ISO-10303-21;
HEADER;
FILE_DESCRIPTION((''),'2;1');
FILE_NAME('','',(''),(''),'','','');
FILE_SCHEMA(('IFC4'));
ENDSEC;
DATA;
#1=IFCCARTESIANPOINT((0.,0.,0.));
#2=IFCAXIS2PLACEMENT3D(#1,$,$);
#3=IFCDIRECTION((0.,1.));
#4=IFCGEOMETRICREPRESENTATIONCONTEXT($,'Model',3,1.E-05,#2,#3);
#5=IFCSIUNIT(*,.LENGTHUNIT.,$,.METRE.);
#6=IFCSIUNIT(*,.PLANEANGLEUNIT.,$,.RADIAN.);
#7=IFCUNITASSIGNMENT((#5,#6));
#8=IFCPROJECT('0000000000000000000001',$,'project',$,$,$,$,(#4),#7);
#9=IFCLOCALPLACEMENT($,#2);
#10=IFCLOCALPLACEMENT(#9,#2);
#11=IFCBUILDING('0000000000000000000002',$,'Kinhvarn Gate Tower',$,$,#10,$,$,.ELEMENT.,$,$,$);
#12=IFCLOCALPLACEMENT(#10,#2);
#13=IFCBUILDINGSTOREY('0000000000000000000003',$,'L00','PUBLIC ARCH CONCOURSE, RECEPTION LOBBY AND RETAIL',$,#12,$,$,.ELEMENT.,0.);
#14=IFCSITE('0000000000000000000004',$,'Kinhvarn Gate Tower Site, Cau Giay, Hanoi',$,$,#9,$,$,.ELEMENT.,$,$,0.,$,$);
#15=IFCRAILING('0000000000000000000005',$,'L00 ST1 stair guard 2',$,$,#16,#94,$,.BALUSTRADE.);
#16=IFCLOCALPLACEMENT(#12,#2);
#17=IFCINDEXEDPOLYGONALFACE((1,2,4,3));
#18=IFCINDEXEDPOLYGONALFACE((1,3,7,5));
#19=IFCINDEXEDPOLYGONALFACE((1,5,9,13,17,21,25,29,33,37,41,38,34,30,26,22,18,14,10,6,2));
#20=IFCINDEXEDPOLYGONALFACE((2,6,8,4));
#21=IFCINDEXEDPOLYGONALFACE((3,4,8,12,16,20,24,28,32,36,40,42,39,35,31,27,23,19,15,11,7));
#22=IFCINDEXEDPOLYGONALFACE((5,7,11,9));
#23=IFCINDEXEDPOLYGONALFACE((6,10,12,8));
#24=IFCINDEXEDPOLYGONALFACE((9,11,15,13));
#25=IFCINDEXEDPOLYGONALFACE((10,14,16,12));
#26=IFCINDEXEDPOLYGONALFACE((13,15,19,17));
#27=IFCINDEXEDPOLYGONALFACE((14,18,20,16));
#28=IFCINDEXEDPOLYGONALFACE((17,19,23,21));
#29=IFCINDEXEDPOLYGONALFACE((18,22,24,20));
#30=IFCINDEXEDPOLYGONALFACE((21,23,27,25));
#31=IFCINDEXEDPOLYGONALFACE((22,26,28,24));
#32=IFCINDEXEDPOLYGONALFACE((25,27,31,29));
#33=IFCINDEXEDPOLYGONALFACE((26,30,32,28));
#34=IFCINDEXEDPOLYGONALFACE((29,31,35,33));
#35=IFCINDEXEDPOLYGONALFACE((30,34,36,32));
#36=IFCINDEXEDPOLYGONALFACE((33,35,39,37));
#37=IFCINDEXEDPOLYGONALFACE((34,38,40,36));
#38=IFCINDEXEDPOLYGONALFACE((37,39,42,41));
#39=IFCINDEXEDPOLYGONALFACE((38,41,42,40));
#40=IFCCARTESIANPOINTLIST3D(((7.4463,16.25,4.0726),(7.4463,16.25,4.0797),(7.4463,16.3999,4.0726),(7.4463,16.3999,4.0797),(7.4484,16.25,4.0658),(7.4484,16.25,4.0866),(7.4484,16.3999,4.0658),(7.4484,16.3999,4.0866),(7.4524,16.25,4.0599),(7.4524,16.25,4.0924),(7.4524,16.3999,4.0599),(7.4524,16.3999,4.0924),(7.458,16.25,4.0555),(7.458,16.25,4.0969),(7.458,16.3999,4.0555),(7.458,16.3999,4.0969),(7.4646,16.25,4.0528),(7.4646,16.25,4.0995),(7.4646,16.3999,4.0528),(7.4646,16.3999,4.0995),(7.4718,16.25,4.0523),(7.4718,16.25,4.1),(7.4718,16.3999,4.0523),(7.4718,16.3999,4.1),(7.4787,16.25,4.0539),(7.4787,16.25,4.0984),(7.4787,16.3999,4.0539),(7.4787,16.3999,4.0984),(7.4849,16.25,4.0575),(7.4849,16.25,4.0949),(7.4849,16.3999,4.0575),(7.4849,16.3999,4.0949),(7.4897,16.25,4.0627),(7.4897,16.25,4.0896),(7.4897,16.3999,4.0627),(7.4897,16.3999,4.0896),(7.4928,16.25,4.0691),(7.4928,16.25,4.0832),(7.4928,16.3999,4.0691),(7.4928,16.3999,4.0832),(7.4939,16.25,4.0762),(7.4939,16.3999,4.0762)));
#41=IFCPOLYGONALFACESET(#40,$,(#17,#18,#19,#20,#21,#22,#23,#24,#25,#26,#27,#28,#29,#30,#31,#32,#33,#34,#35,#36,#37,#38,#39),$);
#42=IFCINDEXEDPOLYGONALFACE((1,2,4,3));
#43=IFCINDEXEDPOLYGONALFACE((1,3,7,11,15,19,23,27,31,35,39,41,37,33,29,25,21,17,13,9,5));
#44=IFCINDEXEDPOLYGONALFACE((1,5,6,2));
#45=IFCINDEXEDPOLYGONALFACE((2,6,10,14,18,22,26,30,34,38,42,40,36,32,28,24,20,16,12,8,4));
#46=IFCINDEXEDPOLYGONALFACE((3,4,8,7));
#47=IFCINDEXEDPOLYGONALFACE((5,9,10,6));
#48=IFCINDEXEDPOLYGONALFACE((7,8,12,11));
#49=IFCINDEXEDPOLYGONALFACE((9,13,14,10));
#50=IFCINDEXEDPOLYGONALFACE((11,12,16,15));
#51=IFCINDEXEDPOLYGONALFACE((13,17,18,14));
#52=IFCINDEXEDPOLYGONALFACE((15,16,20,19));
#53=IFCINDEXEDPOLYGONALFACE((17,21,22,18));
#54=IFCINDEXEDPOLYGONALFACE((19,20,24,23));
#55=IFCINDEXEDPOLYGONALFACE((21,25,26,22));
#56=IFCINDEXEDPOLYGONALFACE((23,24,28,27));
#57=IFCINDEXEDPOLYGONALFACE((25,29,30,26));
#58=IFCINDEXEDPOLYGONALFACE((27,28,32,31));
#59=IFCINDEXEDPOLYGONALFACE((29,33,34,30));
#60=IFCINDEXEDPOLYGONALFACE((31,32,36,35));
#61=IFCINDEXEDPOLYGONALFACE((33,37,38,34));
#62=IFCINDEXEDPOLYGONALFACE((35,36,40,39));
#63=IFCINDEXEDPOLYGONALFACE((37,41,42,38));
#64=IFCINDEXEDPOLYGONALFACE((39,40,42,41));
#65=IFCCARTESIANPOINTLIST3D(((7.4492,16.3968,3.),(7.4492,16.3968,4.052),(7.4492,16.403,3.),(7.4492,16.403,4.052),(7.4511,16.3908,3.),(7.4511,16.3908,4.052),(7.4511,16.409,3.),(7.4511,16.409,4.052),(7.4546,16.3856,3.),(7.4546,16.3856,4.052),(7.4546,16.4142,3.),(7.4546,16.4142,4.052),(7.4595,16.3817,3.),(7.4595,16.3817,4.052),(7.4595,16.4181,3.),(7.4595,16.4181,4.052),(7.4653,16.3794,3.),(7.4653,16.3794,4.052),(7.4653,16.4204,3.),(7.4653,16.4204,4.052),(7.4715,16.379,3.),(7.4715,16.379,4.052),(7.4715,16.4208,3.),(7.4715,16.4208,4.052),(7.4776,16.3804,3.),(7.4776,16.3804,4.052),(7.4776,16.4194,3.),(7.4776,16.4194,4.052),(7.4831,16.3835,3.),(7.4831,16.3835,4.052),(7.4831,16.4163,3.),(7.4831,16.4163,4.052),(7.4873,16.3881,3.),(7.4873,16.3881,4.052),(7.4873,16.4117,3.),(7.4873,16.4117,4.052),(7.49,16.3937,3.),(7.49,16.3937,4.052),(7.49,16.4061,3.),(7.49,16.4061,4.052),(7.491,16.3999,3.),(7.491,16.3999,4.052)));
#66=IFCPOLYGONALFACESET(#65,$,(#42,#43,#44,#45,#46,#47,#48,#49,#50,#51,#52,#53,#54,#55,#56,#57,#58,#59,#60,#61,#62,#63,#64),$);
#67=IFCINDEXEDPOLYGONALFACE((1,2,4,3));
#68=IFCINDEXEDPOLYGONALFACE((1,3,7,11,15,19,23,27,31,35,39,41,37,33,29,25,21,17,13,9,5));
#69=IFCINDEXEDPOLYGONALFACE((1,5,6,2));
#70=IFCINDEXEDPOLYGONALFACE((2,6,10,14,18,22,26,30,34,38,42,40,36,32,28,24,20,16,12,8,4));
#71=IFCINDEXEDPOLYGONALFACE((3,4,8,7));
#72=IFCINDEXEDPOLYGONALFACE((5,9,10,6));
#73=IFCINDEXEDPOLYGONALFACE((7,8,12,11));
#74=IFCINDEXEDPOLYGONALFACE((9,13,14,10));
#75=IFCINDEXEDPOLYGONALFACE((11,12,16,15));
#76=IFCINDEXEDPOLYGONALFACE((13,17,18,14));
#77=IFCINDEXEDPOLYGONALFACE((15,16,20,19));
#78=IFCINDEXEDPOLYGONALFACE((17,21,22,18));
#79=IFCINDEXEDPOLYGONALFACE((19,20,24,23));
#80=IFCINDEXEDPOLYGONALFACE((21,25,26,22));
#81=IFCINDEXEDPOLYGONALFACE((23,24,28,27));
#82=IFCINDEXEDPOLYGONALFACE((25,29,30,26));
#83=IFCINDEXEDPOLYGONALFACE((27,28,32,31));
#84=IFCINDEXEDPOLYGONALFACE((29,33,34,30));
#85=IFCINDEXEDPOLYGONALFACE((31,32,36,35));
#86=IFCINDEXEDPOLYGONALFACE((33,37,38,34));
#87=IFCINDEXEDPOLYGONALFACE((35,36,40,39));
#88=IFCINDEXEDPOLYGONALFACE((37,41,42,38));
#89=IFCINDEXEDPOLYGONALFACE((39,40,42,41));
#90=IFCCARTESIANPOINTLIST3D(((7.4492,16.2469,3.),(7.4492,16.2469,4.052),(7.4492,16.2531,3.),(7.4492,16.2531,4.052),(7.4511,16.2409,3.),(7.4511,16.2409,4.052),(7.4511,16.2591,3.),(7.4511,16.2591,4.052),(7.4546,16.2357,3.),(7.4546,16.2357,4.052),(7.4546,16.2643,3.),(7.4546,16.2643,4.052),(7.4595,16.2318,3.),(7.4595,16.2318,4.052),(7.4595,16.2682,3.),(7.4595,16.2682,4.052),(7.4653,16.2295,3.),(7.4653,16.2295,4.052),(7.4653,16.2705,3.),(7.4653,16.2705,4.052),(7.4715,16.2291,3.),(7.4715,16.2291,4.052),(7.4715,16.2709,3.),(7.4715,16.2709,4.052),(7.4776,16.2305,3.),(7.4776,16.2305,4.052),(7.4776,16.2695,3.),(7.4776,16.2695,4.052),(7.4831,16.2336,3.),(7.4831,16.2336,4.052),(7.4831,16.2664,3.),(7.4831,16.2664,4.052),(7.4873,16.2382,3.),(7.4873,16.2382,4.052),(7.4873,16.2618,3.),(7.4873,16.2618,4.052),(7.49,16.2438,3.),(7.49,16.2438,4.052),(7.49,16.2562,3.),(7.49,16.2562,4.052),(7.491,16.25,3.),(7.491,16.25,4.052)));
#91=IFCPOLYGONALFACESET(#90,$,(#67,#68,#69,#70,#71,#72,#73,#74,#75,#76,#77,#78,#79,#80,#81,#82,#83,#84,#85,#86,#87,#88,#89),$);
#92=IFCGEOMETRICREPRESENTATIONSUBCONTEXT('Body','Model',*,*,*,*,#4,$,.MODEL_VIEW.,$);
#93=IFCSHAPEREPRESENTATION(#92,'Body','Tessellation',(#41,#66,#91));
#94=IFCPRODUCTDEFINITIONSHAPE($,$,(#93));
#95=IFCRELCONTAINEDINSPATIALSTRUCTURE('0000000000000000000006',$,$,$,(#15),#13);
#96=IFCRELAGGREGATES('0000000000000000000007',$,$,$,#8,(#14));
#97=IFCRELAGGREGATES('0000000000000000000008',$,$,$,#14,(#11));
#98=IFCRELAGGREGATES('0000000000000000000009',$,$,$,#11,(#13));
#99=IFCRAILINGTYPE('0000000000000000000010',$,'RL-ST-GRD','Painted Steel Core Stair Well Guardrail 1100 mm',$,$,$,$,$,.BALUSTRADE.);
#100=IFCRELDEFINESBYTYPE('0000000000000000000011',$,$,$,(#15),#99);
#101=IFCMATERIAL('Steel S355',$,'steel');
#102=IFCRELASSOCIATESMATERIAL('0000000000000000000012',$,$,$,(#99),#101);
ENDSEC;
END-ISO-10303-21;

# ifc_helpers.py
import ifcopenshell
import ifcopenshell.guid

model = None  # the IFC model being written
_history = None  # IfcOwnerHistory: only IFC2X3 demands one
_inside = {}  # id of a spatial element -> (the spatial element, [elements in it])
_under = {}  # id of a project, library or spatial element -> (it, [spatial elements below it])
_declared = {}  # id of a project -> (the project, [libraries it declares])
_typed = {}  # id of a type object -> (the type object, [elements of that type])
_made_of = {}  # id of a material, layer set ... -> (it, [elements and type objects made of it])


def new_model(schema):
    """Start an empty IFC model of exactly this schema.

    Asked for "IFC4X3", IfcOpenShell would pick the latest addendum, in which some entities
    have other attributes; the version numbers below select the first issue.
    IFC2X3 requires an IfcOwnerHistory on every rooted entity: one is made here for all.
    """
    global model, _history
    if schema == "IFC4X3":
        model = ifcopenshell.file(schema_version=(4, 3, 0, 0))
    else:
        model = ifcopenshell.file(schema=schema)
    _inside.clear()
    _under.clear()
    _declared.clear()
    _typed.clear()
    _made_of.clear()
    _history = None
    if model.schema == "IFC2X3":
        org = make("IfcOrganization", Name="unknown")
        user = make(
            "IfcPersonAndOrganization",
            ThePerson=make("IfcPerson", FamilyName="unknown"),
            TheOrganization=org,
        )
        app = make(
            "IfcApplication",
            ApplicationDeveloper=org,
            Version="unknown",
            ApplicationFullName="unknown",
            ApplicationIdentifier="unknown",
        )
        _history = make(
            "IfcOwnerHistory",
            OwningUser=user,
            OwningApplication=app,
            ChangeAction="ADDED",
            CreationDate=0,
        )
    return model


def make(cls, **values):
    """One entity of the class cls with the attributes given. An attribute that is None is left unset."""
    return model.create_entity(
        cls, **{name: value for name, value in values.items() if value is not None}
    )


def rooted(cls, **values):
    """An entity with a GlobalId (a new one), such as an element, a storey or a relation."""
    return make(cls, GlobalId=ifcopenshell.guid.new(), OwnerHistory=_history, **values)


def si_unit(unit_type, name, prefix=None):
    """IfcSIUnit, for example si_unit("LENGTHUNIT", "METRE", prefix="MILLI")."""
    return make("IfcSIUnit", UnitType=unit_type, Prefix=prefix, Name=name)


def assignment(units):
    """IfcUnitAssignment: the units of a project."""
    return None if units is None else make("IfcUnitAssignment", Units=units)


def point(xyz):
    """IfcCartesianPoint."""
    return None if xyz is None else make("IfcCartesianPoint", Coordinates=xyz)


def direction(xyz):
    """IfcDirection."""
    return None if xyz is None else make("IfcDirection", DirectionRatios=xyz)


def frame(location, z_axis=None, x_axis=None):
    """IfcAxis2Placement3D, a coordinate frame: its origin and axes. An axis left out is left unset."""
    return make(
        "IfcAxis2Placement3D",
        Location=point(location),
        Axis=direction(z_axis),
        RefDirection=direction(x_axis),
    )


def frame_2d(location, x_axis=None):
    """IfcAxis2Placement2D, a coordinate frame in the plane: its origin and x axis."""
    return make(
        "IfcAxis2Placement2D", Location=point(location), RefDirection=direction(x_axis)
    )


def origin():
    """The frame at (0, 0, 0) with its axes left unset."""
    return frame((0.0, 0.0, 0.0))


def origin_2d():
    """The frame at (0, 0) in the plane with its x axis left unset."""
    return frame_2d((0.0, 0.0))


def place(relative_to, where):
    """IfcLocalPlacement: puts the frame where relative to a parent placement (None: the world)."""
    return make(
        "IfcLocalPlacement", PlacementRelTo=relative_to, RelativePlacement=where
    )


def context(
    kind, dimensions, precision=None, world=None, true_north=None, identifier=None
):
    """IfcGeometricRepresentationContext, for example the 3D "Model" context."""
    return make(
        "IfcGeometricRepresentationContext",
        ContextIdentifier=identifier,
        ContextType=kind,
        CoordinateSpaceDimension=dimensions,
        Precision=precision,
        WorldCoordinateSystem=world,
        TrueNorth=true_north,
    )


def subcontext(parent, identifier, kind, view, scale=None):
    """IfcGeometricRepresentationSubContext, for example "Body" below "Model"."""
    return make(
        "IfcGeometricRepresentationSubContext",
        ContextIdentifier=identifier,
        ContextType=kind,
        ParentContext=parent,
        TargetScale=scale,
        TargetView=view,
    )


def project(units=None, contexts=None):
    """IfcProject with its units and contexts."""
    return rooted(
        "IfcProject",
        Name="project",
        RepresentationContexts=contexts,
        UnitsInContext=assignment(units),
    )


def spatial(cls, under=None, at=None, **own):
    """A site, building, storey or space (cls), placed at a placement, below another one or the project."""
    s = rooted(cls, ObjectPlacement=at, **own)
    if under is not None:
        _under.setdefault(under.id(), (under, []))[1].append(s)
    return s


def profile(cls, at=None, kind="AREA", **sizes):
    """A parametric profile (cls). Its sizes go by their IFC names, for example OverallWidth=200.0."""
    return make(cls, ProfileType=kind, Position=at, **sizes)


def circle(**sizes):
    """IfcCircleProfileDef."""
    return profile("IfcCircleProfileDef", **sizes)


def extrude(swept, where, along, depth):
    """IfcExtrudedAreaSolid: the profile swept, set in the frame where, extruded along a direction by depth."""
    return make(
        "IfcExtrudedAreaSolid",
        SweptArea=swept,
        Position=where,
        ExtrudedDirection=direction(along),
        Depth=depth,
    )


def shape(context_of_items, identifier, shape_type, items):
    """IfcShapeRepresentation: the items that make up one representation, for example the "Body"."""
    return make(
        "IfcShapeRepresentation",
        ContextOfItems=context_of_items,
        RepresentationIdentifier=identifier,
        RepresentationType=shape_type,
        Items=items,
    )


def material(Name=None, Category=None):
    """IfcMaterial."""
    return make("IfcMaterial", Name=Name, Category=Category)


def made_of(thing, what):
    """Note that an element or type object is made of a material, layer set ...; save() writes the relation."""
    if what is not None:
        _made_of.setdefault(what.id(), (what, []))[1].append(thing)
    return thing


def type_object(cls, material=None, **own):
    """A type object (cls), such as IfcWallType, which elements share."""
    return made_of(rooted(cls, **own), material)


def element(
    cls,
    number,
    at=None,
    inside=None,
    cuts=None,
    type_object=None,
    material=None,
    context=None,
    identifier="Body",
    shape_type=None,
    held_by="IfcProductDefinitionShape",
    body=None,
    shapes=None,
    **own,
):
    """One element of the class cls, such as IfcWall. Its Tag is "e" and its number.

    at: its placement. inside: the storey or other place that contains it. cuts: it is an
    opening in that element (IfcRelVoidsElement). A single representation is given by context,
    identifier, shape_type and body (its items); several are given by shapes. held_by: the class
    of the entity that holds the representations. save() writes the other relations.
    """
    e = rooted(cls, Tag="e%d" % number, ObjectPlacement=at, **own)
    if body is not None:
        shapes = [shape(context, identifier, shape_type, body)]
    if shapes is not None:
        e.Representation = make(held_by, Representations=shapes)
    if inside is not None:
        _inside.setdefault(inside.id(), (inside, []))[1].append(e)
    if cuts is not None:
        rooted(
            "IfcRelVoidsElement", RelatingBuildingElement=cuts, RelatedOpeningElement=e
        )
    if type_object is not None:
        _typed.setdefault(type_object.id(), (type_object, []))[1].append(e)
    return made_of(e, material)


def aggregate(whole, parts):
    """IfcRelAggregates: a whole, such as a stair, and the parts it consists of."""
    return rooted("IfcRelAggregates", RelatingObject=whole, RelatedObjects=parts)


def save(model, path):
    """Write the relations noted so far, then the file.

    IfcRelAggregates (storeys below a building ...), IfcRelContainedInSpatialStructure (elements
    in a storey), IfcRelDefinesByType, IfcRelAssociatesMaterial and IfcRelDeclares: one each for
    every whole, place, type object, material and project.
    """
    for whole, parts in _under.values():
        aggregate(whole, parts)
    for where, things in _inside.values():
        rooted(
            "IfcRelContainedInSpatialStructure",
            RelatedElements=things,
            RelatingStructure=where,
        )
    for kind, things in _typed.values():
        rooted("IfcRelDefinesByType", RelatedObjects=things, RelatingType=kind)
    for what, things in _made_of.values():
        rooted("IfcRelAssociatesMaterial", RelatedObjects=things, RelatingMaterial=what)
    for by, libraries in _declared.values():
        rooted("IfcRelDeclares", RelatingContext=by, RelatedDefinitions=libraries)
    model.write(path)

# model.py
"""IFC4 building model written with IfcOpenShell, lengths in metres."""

from ifc_helpers import new_model, si_unit, direction, frame, origin, origin_2d, place, context, subcontext, project, spatial, circle, extrude, material, type_object, element, save


model = new_model("IFC4")

# Units and contexts
model_context = context("Model", 3, precision=1e-05, world=origin(), true_north=direction((0.0, 1.0)))
body_context = subcontext(model_context, "Body", "Model", "MODEL_VIEW")
ifc_project = project(units=[si_unit("LENGTHUNIT", "METRE"), si_unit("PLANEANGLEUNIT", "RADIAN")], contexts=[model_context])

# Site, building, storey
site_placement = place(None, origin())
site = spatial("IfcSite", under=ifc_project, at=site_placement, Name="Kinhvarn Gate Tower Site, Cau Giay, Hanoi", CompositionType="ELEMENT", RefElevation=0.0)
building_placement = place(site_placement, origin())
building = spatial("IfcBuilding", under=site, at=building_placement, Name="Kinhvarn Gate Tower", CompositionType="ELEMENT")
storey_placement = place(building_placement, origin())
storey = spatial("IfcBuildingStorey", under=building, at=storey_placement, Name="L00", Description="PUBLIC ARCH CONCOURSE, RECEPTION LOBBY AND RETAIL", CompositionType="ELEMENT", Elevation=0.0)

# Railing
ifc_material_1 = material(Name="Steel S355", Category="steel")
railing_type_1 = type_object("IfcRailingType", Name="RL-ST-GRD", Description="Painted Steel Core Stair Well Guardrail 1100 mm", PredefinedType="BALUSTRADE", material=ifc_material_1)
railing_1_placement = place(storey_placement, frame((7.47, 16.3999, 3.0)))
element("IfcRailing", 1, at=railing_1_placement, inside=storey, type_object=railing_type_1, Name="L00 ST1 stair guard 2", PredefinedType="BALUSTRADE", context=body_context, shape_type="SweptSolid", body=[
    extrude(circle(Radius=0.0239, at=origin_2d()), frame((0.0, 0.0, 1.0762), z_axis=(0.0, -1.0, 0.0), x_axis=(1.0, 0.0, 0.0)), (0.0, 0.0, 1.0), 0.1499),
    extrude(circle(Radius=0.021, at=origin_2d()), origin(), (0.0, 0.0, 1.0), 1.052),
    extrude(circle(Radius=0.021, at=origin_2d()), frame((0.0, -0.1499, 0.0)), (0.0, 0.0, 1.0), 1.052),
])

save(model, "model.ifc")
